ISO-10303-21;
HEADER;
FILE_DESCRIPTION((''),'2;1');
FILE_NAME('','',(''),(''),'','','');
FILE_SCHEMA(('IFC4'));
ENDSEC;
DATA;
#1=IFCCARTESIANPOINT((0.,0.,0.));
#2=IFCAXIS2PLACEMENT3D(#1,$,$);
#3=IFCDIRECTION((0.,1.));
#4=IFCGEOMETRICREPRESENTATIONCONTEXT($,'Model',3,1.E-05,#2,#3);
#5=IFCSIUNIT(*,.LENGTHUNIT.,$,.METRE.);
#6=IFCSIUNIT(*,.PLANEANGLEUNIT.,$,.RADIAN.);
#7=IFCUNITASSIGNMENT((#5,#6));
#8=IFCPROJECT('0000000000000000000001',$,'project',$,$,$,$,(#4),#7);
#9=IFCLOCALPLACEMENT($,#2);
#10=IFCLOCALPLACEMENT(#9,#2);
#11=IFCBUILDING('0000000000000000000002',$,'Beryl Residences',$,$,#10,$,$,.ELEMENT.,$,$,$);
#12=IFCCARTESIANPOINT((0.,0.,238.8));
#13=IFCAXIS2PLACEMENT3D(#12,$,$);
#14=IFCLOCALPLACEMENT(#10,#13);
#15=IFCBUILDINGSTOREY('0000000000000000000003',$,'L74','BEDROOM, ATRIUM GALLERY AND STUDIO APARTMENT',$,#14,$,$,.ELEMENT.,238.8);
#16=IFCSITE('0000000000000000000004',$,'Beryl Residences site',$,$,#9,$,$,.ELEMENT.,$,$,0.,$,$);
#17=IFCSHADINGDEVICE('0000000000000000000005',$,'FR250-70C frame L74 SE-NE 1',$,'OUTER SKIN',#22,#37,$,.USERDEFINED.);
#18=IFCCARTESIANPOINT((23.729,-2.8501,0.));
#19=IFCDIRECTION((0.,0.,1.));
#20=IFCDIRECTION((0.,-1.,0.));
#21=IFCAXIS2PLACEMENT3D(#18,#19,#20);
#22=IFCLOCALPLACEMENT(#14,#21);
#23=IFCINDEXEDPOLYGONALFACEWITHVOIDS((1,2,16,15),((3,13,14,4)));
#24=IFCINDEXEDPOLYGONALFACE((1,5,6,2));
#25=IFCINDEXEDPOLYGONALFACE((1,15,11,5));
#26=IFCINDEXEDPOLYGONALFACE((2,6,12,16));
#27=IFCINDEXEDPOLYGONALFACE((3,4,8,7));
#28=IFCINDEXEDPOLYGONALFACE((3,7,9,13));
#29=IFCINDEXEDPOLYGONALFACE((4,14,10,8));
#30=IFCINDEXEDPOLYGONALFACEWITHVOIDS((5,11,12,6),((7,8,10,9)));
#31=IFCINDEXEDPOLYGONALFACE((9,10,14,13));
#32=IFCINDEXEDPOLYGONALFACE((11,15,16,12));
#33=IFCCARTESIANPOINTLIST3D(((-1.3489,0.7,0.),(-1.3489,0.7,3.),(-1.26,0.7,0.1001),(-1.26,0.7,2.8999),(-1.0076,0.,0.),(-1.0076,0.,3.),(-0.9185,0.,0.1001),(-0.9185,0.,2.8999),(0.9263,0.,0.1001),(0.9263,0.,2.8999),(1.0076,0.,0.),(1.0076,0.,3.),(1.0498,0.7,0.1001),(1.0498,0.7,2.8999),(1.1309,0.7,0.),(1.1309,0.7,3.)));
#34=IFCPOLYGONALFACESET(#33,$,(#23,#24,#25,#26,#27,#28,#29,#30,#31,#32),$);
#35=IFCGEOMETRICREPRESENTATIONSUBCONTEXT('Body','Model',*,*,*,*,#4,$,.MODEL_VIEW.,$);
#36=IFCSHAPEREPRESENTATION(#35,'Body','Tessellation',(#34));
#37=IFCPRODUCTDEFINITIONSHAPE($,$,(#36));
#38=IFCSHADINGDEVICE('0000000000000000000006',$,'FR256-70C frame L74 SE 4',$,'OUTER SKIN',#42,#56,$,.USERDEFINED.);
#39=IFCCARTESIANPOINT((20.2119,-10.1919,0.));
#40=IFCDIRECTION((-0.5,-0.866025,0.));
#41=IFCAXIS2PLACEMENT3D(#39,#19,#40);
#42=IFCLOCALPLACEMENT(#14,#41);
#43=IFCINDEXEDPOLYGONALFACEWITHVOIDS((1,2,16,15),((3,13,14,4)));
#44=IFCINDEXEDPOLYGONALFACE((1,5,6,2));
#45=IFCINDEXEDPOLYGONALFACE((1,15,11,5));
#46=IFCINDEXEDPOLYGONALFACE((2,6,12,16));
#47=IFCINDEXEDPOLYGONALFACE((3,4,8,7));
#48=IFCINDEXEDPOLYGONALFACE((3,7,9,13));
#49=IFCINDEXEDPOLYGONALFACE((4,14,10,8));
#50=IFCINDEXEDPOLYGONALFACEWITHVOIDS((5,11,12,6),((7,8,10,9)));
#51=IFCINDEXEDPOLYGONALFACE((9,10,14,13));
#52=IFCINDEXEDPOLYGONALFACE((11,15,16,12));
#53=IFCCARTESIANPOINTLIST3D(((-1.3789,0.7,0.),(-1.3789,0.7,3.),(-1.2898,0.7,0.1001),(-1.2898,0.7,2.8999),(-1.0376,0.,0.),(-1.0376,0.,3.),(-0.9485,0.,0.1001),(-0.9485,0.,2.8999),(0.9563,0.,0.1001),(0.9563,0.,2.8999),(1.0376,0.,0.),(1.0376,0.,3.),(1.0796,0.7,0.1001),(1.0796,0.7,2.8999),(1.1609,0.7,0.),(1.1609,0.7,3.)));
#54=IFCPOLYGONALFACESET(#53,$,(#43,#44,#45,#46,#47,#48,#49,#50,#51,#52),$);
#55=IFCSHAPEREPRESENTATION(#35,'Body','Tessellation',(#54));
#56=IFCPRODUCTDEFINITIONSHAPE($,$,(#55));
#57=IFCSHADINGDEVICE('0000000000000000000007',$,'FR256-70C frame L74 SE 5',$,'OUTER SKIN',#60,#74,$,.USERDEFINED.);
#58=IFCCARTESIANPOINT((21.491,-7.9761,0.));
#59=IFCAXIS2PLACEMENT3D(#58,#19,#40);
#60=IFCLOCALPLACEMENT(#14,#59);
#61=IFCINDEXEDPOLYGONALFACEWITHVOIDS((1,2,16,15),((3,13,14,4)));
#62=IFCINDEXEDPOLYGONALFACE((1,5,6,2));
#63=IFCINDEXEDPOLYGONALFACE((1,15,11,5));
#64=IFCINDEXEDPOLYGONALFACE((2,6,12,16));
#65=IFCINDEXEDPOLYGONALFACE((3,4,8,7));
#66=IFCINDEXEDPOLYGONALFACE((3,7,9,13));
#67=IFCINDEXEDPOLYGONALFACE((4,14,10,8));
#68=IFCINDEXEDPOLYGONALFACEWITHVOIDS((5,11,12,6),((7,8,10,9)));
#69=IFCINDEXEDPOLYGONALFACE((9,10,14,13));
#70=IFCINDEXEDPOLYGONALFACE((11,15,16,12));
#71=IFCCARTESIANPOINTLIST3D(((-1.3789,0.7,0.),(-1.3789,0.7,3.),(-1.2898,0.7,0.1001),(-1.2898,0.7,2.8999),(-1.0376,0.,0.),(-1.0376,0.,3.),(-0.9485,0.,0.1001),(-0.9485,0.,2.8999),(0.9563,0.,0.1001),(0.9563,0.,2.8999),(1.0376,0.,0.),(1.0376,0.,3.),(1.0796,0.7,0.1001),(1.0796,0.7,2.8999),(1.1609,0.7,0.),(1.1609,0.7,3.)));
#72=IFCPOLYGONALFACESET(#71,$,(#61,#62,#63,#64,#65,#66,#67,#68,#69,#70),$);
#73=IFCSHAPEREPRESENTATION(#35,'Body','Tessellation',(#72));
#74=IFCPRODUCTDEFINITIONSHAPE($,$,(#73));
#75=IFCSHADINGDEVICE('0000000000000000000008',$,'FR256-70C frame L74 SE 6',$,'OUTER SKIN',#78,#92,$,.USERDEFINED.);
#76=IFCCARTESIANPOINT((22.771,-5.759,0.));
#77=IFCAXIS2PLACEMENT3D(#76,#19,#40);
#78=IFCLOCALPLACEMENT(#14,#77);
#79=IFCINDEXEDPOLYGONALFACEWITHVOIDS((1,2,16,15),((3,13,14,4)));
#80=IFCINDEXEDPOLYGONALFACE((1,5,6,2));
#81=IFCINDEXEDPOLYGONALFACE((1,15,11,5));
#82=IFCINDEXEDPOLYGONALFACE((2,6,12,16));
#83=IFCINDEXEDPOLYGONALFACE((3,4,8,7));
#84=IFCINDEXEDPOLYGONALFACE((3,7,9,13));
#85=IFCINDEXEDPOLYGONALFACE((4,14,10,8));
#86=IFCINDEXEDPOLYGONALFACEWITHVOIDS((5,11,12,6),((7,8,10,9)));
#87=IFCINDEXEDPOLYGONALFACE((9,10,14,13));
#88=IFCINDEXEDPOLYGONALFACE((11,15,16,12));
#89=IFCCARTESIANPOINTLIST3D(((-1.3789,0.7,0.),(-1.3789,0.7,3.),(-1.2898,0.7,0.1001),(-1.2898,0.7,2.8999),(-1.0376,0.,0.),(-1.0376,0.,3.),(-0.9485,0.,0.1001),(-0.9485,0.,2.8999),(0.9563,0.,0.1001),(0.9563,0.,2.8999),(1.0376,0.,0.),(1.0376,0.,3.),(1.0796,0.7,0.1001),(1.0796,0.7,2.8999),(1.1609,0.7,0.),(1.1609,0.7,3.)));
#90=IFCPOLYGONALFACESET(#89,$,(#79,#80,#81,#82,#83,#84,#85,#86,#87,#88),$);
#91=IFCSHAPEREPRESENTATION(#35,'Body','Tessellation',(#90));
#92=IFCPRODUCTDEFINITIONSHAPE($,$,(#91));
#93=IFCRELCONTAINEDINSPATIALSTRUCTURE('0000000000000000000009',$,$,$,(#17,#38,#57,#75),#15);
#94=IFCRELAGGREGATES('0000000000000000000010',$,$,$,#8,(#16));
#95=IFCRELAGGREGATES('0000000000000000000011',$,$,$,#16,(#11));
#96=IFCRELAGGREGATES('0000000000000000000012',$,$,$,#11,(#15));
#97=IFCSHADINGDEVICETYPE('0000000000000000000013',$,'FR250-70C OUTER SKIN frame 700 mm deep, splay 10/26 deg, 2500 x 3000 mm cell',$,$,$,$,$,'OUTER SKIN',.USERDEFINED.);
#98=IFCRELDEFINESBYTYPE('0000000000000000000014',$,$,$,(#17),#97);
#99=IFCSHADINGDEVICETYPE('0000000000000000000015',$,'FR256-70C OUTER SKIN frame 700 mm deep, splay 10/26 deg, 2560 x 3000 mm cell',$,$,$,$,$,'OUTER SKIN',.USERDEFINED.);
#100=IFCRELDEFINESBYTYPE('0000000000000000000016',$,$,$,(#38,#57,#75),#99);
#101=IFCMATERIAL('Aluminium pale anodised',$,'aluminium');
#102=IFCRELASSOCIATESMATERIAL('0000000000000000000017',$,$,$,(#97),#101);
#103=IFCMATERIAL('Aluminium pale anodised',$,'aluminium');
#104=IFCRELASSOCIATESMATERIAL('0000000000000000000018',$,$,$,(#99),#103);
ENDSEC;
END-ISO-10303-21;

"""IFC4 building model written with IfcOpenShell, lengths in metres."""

from ifc_helpers import new_model, entity, si_unit, direction, frame, origin, place, context, subcontext, project, spatial, source, transform, mapped, material, type_object, type_shapes, element, save


model = new_model("IFC4")

# Units and contexts
model_context = context("Model", 3, precision=1e-05, world=origin(), true_north=direction((0.0, 1.0)))
body_context = subcontext(model_context, "Body", "Model", "MODEL_VIEW")
ifc_project = project(units=[si_unit("LENGTHUNIT", "METRE"), si_unit("PLANEANGLEUNIT", "RADIAN")], contexts=[model_context])

# Site, building, storey
site_placement = place(None, origin())
site = spatial("IfcSite", under=ifc_project, at=site_placement, Name="Beryl Residences site", CompositionType="ELEMENT", RefElevation=0.0)
building_placement = place(site_placement, origin())
building = spatial("IfcBuilding", under=site, at=building_placement, Name="Beryl Residences", CompositionType="ELEMENT")
storey_placement = place(building_placement, frame((0.0, 0.0, 238.8)))
storey = spatial("IfcBuildingStorey", under=building, at=storey_placement, Name="L74", Description="BEDROOM, ATRIUM GALLERY AND STUDIO APARTMENT", CompositionType="ELEMENT", Elevation=238.8)

# Shading devices
ifc_material_1 = material(Name="Aluminium pale anodised", Category="aluminium")
shading_device_type_1 = type_object("IfcShadingDeviceType", Name="FR250-70C OUTER SKIN frame 700 mm deep, splay 10/26 deg, 2500 x 3000 mm cell", ElementType="OUTER SKIN", PredefinedType="USERDEFINED", material=ifc_material_1)
cartesian_point_1 = entity("IfcCartesianPoint", [-1.0076, 0.0])
cartesian_point_2 = entity("IfcCartesianPoint", [-0.9263, 0.1001])
cartesian_point_3 = entity("IfcCartesianPoint", [-1.1309, 0.0])
cartesian_point_4 = entity("IfcCartesianPoint", [-1.0498, 0.1001])
shared_shape_1 = source(origin(), body_context, "Body", "SweptSolid", [
    entity("IfcExtrudedAreaSolidTapered", entity("IfcArbitraryProfileDefWithVoids", "AREA", None, entity("IfcPolyline", [cartesian_point_1, entity("IfcCartesianPoint", [1.0076, 0.0]), entity("IfcCartesianPoint", [1.0076, 3.0]), entity("IfcCartesianPoint", [-1.0076, 3.0]), cartesian_point_1]), [entity("IfcPolyline", [cartesian_point_2, entity("IfcCartesianPoint", [0.9185, 0.1001]), entity("IfcCartesianPoint", [0.9185, 2.8999]), entity("IfcCartesianPoint", [-0.9263, 2.8999]), cartesian_point_2])]), entity("IfcAxis2Placement3D", entity("IfcCartesianPoint", [0.0, 0.0, 0.0]), entity("IfcDirection", [0.0, 1.0, 0.0]), entity("IfcDirection", [-1.0, 0.0, 0.0])), entity("IfcDirection", [0.0, 0.0, 1.0]), 0.7, entity("IfcArbitraryProfileDefWithVoids", "AREA", None, entity("IfcPolyline", [cartesian_point_3, entity("IfcCartesianPoint", [1.3489, 0.0]), entity("IfcCartesianPoint", [1.3489, 3.0]), entity("IfcCartesianPoint", [-1.1309, 3.0]), cartesian_point_3]), [entity("IfcPolyline", [cartesian_point_4, entity("IfcCartesianPoint", [1.26, 0.1001]), entity("IfcCartesianPoint", [1.26, 2.8999]), entity("IfcCartesianPoint", [-1.0498, 2.8999]), cartesian_point_4])])),
])
type_shapes(shading_device_type_1, [shared_shape_1])
shading_device_placement = place(storey_placement, frame((23.729, -2.8501, 0.0), z_axis=(0.0, 0.0, 1.0), x_axis=(0.0, -1.0, 0.0)))
element("IfcShadingDevice", 1, at=shading_device_placement, inside=storey, type_object=shading_device_type_1, Name="FR250-70C frame L74 SE-NE 1", ObjectType="OUTER SKIN", PredefinedType="USERDEFINED", context=body_context, shape_type="MappedRepresentation", body=[
    mapped(shared_shape_1, transform((0.0, 0.0, 0.0))),
])
ifc_material_2 = material(Name="Aluminium pale anodised", Category="aluminium")
shading_device_type_2 = type_object("IfcShadingDeviceType", Name="FR256-70C OUTER SKIN frame 700 mm deep, splay 10/26 deg, 2560 x 3000 mm cell", ElementType="OUTER SKIN", PredefinedType="USERDEFINED", material=ifc_material_2)
cartesian_point_5 = entity("IfcCartesianPoint", [-1.0376, 0.0])
cartesian_point_6 = entity("IfcCartesianPoint", [-0.9563, 0.1001])
cartesian_point_7 = entity("IfcCartesianPoint", [-1.1609, 0.0])
cartesian_point_8 = entity("IfcCartesianPoint", [-1.0796, 0.1001])
shared_shape_2 = source(origin(), body_context, "Body", "SweptSolid", [
    entity("IfcExtrudedAreaSolidTapered", entity("IfcArbitraryProfileDefWithVoids", "AREA", None, entity("IfcPolyline", [cartesian_point_5, entity("IfcCartesianPoint", [1.0376, 0.0]), entity("IfcCartesianPoint", [1.0376, 3.0]), entity("IfcCartesianPoint", [-1.0376, 3.0]), cartesian_point_5]), [entity("IfcPolyline", [cartesian_point_6, entity("IfcCartesianPoint", [0.9485, 0.1001]), entity("IfcCartesianPoint", [0.9485, 2.8999]), entity("IfcCartesianPoint", [-0.9563, 2.8999]), cartesian_point_6])]), entity("IfcAxis2Placement3D", entity("IfcCartesianPoint", [0.0, 0.0, 0.0]), entity("IfcDirection", [0.0, 1.0, 0.0]), entity("IfcDirection", [-1.0, 0.0, 0.0])), entity("IfcDirection", [0.0, 0.0, 1.0]), 0.7, entity("IfcArbitraryProfileDefWithVoids", "AREA", None, entity("IfcPolyline", [cartesian_point_7, entity("IfcCartesianPoint", [1.3789, 0.0]), entity("IfcCartesianPoint", [1.3789, 3.0]), entity("IfcCartesianPoint", [-1.1609, 3.0]), cartesian_point_7]), [entity("IfcPolyline", [cartesian_point_8, entity("IfcCartesianPoint", [1.2898, 0.1001]), entity("IfcCartesianPoint", [1.2898, 2.8999]), entity("IfcCartesianPoint", [-1.0796, 2.8999]), cartesian_point_8])])),
])
type_shapes(shading_device_type_2, [shared_shape_2])
for number, where, z_axis, x_axis, name in (
    (2, (20.2119, -10.1919, 0.0), (0.0, 0.0, 1.0), (-0.5, -0.866025, 0.0), "FR256-70C frame L74 SE 4"),
    (3, (21.491, -7.9761, 0.0), (0.0, 0.0, 1.0), (-0.5, -0.866025, 0.0), "FR256-70C frame L74 SE 5"),
    (4, (22.771, -5.759, 0.0), (0.0, 0.0, 1.0), (-0.5, -0.866025, 0.0), "FR256-70C frame L74 SE 6"),
):
    element("IfcShadingDevice", number, at=place(storey_placement, frame(where, z_axis=z_axis, x_axis=x_axis)), inside=storey, type_object=shading_device_type_2, Name=name, ObjectType="OUTER SKIN", PredefinedType="USERDEFINED", context=body_context, shape_type="MappedRepresentation", body=[
        mapped(shared_shape_2, transform((0.0, 0.0, 0.0))),
    ])

save(model, "model.ifc")
